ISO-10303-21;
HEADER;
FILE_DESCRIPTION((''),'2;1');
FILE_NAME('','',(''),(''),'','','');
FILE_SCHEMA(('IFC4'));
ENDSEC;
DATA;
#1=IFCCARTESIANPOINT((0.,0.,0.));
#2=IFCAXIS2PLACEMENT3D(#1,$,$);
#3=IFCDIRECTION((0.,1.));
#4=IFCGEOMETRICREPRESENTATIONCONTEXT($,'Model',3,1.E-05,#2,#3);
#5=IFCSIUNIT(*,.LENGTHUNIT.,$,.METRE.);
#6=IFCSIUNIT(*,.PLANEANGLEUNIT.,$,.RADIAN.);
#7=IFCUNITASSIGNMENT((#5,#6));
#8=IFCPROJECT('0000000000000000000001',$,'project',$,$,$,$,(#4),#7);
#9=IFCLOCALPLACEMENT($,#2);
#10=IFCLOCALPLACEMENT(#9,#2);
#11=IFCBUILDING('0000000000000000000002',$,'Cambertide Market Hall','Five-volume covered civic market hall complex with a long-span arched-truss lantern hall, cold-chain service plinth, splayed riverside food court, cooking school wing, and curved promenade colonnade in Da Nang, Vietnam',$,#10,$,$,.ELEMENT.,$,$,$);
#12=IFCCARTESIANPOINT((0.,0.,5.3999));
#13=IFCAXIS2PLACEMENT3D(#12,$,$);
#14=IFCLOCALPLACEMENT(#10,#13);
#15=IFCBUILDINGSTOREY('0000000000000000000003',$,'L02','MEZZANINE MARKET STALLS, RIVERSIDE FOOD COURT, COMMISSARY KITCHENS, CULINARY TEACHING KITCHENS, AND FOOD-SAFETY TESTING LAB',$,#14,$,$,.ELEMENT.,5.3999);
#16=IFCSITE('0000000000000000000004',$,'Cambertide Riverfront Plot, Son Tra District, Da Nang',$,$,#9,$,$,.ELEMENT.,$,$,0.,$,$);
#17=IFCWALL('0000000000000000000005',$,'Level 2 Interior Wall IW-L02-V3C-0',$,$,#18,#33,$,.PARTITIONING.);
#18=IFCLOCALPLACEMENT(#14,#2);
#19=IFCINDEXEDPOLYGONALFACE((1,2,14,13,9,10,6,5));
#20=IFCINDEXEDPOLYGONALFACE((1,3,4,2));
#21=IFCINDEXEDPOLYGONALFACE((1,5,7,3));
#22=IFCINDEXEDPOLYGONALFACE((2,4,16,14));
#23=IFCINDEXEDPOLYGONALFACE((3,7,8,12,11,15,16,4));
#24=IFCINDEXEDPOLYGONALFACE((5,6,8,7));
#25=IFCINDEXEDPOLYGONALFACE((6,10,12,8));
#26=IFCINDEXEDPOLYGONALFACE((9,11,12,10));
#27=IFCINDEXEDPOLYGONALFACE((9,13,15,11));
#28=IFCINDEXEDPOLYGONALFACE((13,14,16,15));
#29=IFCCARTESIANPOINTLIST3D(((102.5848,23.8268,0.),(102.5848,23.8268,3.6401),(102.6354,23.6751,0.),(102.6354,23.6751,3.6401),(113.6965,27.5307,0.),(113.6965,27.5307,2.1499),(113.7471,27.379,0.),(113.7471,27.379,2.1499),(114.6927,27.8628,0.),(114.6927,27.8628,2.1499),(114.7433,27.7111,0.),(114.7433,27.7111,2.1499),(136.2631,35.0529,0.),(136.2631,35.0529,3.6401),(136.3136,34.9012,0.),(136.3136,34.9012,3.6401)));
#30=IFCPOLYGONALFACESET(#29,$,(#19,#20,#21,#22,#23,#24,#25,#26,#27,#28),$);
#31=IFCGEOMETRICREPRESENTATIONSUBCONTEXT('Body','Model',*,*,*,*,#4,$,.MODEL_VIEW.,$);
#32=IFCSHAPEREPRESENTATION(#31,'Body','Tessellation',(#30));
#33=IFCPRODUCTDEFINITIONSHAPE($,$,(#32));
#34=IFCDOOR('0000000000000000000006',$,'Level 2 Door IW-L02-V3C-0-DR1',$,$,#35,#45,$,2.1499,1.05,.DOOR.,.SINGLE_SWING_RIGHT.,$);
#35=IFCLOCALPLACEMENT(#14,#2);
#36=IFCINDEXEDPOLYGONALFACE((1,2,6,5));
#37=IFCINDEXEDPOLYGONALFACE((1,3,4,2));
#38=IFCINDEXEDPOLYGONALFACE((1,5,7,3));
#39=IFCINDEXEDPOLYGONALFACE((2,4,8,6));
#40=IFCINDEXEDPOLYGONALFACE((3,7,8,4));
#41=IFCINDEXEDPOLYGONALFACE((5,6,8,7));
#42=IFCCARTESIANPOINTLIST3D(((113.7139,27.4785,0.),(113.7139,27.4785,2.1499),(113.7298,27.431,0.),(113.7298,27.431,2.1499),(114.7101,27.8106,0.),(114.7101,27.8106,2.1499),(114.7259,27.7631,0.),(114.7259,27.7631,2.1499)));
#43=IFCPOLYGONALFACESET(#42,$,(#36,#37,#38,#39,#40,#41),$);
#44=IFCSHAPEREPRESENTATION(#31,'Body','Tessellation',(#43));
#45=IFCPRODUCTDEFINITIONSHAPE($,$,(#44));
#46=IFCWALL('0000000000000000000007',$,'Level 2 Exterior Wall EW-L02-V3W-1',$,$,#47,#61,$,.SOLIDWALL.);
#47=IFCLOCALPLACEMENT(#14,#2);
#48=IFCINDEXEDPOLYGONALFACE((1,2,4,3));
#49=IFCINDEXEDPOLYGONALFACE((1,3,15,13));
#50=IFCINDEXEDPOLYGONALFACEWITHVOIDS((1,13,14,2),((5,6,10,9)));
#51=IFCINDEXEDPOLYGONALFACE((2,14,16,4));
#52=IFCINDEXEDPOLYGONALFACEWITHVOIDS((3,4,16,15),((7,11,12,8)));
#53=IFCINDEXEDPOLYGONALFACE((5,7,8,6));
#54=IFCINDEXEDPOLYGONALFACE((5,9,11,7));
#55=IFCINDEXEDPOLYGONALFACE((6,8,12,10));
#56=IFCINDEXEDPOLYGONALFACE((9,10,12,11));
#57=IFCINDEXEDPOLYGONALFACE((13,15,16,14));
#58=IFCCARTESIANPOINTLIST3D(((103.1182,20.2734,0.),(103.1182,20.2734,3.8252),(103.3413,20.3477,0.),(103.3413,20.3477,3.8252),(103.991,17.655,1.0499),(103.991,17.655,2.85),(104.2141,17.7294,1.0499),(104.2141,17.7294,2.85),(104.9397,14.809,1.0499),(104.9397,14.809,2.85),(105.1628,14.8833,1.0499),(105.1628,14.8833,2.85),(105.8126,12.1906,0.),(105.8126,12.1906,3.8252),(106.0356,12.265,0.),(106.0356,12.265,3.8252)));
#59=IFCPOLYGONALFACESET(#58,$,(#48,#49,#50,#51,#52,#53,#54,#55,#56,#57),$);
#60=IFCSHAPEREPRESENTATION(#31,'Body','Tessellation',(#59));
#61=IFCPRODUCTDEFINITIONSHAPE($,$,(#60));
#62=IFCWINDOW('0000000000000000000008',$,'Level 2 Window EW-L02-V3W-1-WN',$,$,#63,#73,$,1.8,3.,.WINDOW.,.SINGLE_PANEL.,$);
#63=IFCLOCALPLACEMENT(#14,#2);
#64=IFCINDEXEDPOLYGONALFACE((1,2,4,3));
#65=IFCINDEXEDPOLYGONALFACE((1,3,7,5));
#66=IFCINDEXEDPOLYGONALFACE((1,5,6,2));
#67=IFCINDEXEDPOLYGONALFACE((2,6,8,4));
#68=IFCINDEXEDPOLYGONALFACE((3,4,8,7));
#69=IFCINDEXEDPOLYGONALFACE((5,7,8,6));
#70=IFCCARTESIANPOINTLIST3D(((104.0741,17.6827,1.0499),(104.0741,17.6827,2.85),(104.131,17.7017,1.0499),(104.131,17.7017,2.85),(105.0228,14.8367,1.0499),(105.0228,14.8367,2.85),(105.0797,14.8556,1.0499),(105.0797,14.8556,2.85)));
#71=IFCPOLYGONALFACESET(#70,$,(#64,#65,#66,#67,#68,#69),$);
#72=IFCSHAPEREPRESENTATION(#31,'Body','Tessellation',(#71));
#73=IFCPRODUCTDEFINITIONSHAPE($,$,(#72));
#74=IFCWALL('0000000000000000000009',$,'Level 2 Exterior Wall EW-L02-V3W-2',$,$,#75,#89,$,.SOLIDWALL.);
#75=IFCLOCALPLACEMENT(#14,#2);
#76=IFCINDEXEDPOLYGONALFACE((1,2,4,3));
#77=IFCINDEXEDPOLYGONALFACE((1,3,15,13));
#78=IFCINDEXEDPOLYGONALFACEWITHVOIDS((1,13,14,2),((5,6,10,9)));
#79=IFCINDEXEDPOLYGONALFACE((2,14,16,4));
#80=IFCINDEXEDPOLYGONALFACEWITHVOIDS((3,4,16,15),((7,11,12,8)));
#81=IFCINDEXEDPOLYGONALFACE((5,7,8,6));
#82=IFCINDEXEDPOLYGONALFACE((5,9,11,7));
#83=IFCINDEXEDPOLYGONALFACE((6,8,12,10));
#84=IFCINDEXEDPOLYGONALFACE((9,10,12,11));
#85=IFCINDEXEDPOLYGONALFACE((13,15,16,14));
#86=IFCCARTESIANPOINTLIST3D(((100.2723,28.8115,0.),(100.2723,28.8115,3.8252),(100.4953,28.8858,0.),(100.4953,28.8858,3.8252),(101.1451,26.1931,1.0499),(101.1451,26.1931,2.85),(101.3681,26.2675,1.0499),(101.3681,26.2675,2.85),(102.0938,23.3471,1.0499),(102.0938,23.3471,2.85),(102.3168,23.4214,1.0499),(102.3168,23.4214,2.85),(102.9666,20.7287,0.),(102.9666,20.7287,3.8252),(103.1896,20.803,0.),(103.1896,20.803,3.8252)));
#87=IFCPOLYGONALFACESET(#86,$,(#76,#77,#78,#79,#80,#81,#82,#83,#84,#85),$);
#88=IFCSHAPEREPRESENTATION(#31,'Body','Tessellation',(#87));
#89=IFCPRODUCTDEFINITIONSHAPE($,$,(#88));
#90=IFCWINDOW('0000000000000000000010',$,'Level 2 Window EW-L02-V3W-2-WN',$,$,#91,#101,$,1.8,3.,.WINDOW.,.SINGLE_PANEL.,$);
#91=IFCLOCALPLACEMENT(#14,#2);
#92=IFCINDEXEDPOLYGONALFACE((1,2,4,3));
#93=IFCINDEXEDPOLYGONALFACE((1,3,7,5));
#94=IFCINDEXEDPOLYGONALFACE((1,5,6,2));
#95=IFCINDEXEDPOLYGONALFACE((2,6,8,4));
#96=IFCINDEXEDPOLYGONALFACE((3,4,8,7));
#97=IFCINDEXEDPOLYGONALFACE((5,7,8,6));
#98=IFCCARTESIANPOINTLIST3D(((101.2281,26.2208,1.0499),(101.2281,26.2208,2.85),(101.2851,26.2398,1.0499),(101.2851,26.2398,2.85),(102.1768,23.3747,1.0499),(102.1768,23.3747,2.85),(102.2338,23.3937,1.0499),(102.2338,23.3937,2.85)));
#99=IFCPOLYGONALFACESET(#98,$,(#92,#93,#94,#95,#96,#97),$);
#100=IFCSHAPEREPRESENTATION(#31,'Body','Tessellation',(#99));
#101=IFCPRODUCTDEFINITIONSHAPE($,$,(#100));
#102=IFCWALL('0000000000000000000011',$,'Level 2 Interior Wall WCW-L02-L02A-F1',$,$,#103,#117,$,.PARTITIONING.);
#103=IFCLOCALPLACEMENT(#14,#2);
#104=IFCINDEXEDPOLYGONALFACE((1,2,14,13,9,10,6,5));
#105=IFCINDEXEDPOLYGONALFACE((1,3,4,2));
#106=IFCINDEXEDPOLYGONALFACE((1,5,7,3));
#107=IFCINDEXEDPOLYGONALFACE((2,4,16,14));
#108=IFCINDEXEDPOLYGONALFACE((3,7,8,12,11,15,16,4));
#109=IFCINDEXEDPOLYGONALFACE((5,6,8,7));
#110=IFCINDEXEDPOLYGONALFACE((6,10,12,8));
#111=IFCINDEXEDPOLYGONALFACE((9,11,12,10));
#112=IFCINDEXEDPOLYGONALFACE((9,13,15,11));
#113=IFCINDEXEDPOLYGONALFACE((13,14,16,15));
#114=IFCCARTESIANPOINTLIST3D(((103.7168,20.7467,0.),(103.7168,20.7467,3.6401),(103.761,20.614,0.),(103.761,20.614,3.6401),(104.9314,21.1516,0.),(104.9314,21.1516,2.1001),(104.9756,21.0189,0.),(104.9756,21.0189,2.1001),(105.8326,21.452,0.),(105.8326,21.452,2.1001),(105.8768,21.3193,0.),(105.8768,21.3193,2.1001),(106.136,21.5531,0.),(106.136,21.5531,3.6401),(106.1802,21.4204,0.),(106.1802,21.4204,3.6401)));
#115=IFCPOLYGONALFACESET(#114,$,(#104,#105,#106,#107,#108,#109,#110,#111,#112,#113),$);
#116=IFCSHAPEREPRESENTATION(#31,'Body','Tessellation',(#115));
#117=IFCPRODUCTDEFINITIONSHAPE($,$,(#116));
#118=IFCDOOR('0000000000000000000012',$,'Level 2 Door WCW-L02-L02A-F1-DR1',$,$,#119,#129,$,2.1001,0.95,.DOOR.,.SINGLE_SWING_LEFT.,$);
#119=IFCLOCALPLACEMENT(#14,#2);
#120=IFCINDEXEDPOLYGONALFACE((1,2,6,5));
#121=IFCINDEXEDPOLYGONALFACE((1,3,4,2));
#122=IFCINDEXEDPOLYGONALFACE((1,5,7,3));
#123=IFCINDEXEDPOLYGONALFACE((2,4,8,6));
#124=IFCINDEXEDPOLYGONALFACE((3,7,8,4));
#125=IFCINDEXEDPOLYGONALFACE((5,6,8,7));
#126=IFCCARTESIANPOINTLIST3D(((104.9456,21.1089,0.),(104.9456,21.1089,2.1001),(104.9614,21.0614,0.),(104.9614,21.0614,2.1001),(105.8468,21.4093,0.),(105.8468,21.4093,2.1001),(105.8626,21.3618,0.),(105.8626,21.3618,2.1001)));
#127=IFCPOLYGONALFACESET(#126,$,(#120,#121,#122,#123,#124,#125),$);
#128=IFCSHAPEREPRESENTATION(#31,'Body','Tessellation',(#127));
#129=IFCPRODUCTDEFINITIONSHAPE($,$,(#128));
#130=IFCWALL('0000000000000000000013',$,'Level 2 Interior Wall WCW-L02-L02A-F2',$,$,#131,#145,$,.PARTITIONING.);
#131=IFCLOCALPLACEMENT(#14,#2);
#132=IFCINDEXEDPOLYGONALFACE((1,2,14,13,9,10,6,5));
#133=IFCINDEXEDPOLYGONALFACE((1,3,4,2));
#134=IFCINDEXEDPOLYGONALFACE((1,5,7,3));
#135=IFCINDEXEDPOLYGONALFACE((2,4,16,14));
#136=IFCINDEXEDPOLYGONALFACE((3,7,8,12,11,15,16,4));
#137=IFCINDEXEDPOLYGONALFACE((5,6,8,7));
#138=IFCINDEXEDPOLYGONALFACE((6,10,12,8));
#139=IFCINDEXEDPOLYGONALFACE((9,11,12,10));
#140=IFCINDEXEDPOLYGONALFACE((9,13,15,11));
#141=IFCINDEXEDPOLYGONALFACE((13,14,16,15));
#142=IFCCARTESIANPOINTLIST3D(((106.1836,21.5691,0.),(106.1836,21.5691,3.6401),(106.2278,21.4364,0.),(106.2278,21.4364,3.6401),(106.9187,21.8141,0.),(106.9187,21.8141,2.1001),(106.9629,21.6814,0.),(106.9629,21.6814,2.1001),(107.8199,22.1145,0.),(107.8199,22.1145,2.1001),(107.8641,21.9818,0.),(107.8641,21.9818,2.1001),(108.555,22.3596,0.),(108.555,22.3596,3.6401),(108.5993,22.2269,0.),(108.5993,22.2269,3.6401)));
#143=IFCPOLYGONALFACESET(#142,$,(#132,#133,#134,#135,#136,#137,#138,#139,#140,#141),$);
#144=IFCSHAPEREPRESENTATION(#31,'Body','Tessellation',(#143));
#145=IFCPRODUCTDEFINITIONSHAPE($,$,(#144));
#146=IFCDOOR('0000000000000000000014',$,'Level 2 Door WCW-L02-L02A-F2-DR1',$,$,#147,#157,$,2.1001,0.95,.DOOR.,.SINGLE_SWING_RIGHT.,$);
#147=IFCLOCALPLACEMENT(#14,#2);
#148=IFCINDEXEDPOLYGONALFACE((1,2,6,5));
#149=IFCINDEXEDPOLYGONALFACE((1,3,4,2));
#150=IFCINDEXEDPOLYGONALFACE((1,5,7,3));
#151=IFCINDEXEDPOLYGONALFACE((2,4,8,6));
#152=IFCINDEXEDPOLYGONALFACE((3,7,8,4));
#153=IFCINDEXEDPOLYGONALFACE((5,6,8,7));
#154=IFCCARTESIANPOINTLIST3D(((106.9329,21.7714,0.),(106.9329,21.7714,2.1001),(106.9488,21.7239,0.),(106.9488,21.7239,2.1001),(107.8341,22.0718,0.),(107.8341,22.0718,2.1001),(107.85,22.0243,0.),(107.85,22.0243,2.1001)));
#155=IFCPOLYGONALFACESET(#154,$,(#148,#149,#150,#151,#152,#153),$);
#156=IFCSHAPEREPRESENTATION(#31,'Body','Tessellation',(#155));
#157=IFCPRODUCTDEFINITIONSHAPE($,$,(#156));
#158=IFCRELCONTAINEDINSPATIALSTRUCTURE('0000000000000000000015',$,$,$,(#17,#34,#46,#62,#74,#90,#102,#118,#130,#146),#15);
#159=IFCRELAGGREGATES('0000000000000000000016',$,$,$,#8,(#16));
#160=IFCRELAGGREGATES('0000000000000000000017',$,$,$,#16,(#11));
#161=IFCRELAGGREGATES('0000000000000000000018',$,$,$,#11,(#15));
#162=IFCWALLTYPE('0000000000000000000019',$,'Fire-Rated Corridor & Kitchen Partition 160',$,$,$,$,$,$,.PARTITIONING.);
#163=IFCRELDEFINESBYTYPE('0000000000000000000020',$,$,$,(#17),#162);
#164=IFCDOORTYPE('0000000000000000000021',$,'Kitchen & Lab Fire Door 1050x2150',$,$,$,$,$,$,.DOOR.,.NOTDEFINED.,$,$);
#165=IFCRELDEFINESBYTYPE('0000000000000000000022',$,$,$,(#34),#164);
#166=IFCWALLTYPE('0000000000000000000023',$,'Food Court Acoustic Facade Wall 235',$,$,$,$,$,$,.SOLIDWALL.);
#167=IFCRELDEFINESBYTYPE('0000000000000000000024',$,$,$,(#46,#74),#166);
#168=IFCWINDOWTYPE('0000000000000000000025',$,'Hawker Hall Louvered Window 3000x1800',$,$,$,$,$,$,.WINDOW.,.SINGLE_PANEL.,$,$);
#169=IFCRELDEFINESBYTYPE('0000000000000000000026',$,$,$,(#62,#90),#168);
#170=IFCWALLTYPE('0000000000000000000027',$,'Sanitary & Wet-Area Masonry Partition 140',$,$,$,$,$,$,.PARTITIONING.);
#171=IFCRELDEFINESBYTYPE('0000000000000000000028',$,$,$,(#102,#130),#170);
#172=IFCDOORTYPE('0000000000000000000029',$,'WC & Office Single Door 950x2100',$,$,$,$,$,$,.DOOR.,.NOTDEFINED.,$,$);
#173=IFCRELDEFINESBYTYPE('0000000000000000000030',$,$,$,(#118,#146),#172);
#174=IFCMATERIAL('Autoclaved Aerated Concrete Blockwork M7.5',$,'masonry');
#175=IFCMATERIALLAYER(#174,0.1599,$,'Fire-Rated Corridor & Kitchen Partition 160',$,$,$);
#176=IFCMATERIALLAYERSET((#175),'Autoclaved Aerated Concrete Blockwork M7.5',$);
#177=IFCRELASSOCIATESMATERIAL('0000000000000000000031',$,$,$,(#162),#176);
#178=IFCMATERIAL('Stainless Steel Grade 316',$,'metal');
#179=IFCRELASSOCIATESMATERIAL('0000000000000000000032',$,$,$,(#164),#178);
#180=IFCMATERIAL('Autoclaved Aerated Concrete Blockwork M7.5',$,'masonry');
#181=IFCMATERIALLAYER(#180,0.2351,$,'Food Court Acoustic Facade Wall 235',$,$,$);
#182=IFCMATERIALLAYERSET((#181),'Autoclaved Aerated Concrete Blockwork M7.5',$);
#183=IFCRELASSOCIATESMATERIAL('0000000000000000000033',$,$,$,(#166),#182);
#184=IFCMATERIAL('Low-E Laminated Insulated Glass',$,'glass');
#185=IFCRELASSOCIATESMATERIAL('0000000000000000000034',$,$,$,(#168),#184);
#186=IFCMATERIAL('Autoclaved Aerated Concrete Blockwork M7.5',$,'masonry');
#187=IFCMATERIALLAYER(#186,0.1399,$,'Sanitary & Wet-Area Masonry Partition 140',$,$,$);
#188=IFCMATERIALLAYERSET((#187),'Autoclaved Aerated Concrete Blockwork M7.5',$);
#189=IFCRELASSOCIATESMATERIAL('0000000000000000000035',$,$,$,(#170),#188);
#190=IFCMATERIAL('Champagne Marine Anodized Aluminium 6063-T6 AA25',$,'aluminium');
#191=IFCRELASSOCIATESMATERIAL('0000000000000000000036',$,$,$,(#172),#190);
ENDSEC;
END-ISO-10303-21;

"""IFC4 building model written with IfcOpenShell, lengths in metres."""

from ifc_helpers import new_model, si_unit, direction, frame, frame_2d, origin, place, context, subcontext, project, spatial, rectangle, extrude, material, layer, layer_set, type_object, element, fill, save


model = new_model("IFC4")

# Units and contexts
model_context = context("Model", 3, precision=1e-05, world=origin(), true_north=direction((0.0, 1.0)))
body_context = subcontext(model_context, "Body", "Model", "MODEL_VIEW")
ifc_project = project(units=[si_unit("LENGTHUNIT", "METRE"), si_unit("PLANEANGLEUNIT", "RADIAN")], contexts=[model_context])

# Site, building, storey
site_placement = place(None, origin())
site = spatial("IfcSite", under=ifc_project, at=site_placement, Name="Cambertide Riverfront Plot, Son Tra District, Da Nang", CompositionType="ELEMENT", RefElevation=0.0)
building_placement = place(site_placement, origin())
building = spatial("IfcBuilding", under=site, at=building_placement, Name="Cambertide Market Hall", Description="Five-volume covered civic market hall complex with a long-span arched-truss lantern hall, cold-chain service plinth, splayed riverside food court, cooking school wing, and curved promenade colonnade in Da Nang, Vietnam", CompositionType="ELEMENT")
storey_placement = place(building_placement, frame((0.0, 0.0, 5.3999)))
storey = spatial("IfcBuildingStorey", under=building, at=storey_placement, Name="L02", Description="MEZZANINE MARKET STALLS, RIVERSIDE FOOD COURT, COMMISSARY KITCHENS, CULINARY TEACHING KITCHENS, AND FOOD-SAFETY TESTING LAB", CompositionType="ELEMENT", Elevation=5.3999)

# Wall, opening, door
ifc_material_1 = material(Name="Autoclaved Aerated Concrete Blockwork M7.5", Category="masonry")
ifc_layer_1 = layer(ifc_material_1, 0.1599, Name="Fire-Rated Corridor & Kitchen Partition 160")
ifc_layer_set_1 = layer_set([ifc_layer_1], Name="Autoclaved Aerated Concrete Blockwork M7.5")
wall_type_1 = type_object("IfcWallType", Name="Fire-Rated Corridor & Kitchen Partition 160", PredefinedType="PARTITIONING", material=ifc_layer_set_1)
wall_1_placement = place(storey_placement, frame((102.6101, 23.751, 0.0), z_axis=(0.0, 0.0, 1.0), x_axis=(0.948683, 0.316228, 0.0)))
wall_1 = element("IfcWall", 1, at=wall_1_placement, inside=storey, type_object=wall_type_1, Name="Level 2 Interior Wall IW-L02-V3C-0", PredefinedType="PARTITIONING", context=body_context, shape_type="SweptSolid", body=[
    extrude(rectangle(XDim=35.5, YDim=0.1599, at=frame_2d((17.75, 0.0))), origin(), (0.0, 0.0, 1.0), 3.6401),
])
opening_1_placement = place(wall_1_placement, frame((11.7129, 0.0, 0.0)))
opening_1 = element("IfcOpeningElement", 2, at=opening_1_placement, cuts=wall_1, PredefinedType="OPENING", context=body_context, shape_type="SweptSolid", body=[
    extrude(rectangle(XDim=1.05, YDim=2.1499, at=frame_2d((0.5249, 1.075))), frame((0.0, 0.0898, 0.0), z_axis=(0.0, -1.0, 0.0), x_axis=(1.0, 0.0, 0.0)), (0.0, 0.0, 1.0), 0.1799),
])
ifc_material_2 = material(Name="Stainless Steel Grade 316", Category="metal")
door_type_1 = type_object("IfcDoorType", Name="Kitchen & Lab Fire Door 1050x2150", OperationType="NOTDEFINED", PredefinedType="DOOR", material=ifc_material_2)
door_1_placement = place(opening_1_placement, origin())
door_1 = element("IfcDoor", 3, at=door_1_placement, inside=storey, type_object=door_type_1, Name="Level 2 Door IW-L02-V3C-0-DR1", OperationType="SINGLE_SWING_RIGHT", OverallHeight=2.1499, OverallWidth=1.05, PredefinedType="DOOR", context=body_context, shape_type="SweptSolid", body=[
    extrude(rectangle(XDim=1.05, YDim=2.1499, at=frame_2d((0.5249, 1.075))), frame((0.0, 0.0249, 0.0), z_axis=(0.0, -1.0, 0.0), x_axis=(1.0, 0.0, 0.0)), (0.0, 0.0, 1.0), 0.05),
])
fill(opening_1, door_1)

# Walls, openings, windows
ifc_material_3 = material(Name="Autoclaved Aerated Concrete Blockwork M7.5", Category="masonry")
ifc_layer_2 = layer(ifc_material_3, 0.2351, Name="Food Court Acoustic Facade Wall 235")
ifc_layer_set_2 = layer_set([ifc_layer_2], Name="Autoclaved Aerated Concrete Blockwork M7.5")
wall_type_2 = type_object("IfcWallType", Name="Food Court Acoustic Facade Wall 235", PredefinedType="SOLIDWALL", material=ifc_layer_set_2)
wall_2_placement = place(storey_placement, frame((105.9241, 12.2278, 0.0), z_axis=(0.0, 0.0, 1.0), x_axis=(-0.316236, 0.94868, 0.0)))
wall_2 = element("IfcWall", 4, at=wall_2_placement, inside=storey, type_object=wall_type_2, Name="Level 2 Exterior Wall EW-L02-V3W-1", PredefinedType="SOLIDWALL", context=body_context, shape_type="SweptSolid", body=[
    extrude(rectangle(XDim=8.52, YDim=0.2351, at=frame_2d((4.26, 0.0))), origin(), (0.0, 0.0, 1.0), 3.8252),
])
opening_2_placement = place(wall_2_placement, frame((2.76, 0.0, 1.05)))
opening_2 = element("IfcOpeningElement", 5, at=opening_2_placement, cuts=wall_2, PredefinedType="OPENING", context=body_context, shape_type="SweptSolid", body=[
    extrude(rectangle(XDim=3.0, YDim=1.8, at=frame_2d((1.5, 0.8999))), frame((0.0, 0.1274, 0.0), z_axis=(0.0, -1.0, 0.0), x_axis=(1.0, 0.0, 0.0)), (0.0, 0.0, 1.0), 0.2551),
])
ifc_material_4 = material(Name="Low-E Laminated Insulated Glass", Category="glass")
window_type = type_object("IfcWindowType", Name="Hawker Hall Louvered Window 3000x1800", PartitioningType="SINGLE_PANEL", PredefinedType="WINDOW", material=ifc_material_4)
window_1_placement = place(opening_2_placement, origin())
window_1 = element("IfcWindow", 6, at=window_1_placement, inside=storey, type_object=window_type, Name="Level 2 Window EW-L02-V3W-1-WN", OverallHeight=1.8, OverallWidth=3.0, PartitioningType="SINGLE_PANEL", PredefinedType="WINDOW", context=body_context, shape_type="SweptSolid", body=[
    extrude(rectangle(XDim=3.0, YDim=1.8, at=frame_2d((1.5, 0.8999))), frame((0.0, 0.03, 0.0), z_axis=(0.0, -1.0, 0.0), x_axis=(1.0, 0.0, 0.0)), (0.0, 0.0, 1.0), 0.0601),
])
fill(opening_2, window_1)
wall_3_placement = place(storey_placement, frame((103.0781, 20.7659, 0.0), z_axis=(0.0, 0.0, 1.0), x_axis=(-0.316236, 0.94868, 0.0)))
wall_3 = element("IfcWall", 7, at=wall_3_placement, inside=storey, type_object=wall_type_2, Name="Level 2 Exterior Wall EW-L02-V3W-2", PredefinedType="SOLIDWALL", context=body_context, shape_type="SweptSolid", body=[
    extrude(rectangle(XDim=8.52, YDim=0.2351, at=frame_2d((4.26, 0.0))), origin(), (0.0, 0.0, 1.0), 3.8252),
])
opening_3_placement = place(wall_3_placement, frame((2.76, 0.0, 1.05)))
opening_3 = element("IfcOpeningElement", 8, at=opening_3_placement, cuts=wall_3, PredefinedType="OPENING", context=body_context, shape_type="SweptSolid", body=[
    extrude(rectangle(XDim=3.0, YDim=1.8, at=frame_2d((1.5, 0.8999))), frame((0.0, 0.1274, 0.0), z_axis=(0.0, -1.0, 0.0), x_axis=(1.0, 0.0, 0.0)), (0.0, 0.0, 1.0), 0.2551),
])
window_2_placement = place(opening_3_placement, origin())
window_2 = element("IfcWindow", 9, at=window_2_placement, inside=storey, type_object=window_type, Name="Level 2 Window EW-L02-V3W-2-WN", OverallHeight=1.8, OverallWidth=3.0, PartitioningType="SINGLE_PANEL", PredefinedType="WINDOW", context=body_context, shape_type="SweptSolid", body=[
    extrude(rectangle(XDim=3.0, YDim=1.8, at=frame_2d((1.5, 0.8999))), frame((0.0, 0.03, 0.0), z_axis=(0.0, -1.0, 0.0), x_axis=(1.0, 0.0, 0.0)), (0.0, 0.0, 1.0), 0.0601),
])
fill(opening_3, window_2)

# Walls, openings, doors
ifc_material_5 = material(Name="Autoclaved Aerated Concrete Blockwork M7.5", Category="masonry")
ifc_layer_3 = layer(ifc_material_5, 0.1399, Name="Sanitary & Wet-Area Masonry Partition 140")
ifc_layer_set_3 = layer_set([ifc_layer_3], Name="Autoclaved Aerated Concrete Blockwork M7.5")
wall_type_3 = type_object("IfcWallType", Name="Sanitary & Wet-Area Masonry Partition 140", PredefinedType="PARTITIONING", material=ifc_layer_set_3)
wall_4_placement = place(storey_placement, frame((103.739, 20.6804, 0.0), z_axis=(0.0, 0.0, 1.0), x_axis=(0.948683, 0.316228, 0.0)))
wall_4 = element("IfcWall", 10, at=wall_4_placement, inside=storey, type_object=wall_type_3, Name="Level 2 Interior Wall WCW-L02-L02A-F1", PredefinedType="PARTITIONING", context=body_context, shape_type="SweptSolid", body=[
    extrude(rectangle(XDim=2.55, YDim=0.1399, at=frame_2d((1.2749, 0.0))), origin(), (0.0, 0.0, 1.0), 3.6401),
])
opening_4_placement = place(wall_4_placement, frame((1.28, 0.0, 0.0)))
opening_4 = element("IfcOpeningElement", 11, at=opening_4_placement, cuts=wall_4, PredefinedType="OPENING", context=body_context, shape_type="SweptSolid", body=[
    extrude(rectangle(XDim=0.95, YDim=2.1001, at=frame_2d((0.4751, 1.05))), frame((0.0, 0.0798, 0.0), z_axis=(0.0, -1.0, 0.0), x_axis=(1.0, 0.0, 0.0)), (0.0, 0.0, 1.0), 0.1599),
])
ifc_material_6 = material(Name="Champagne Marine Anodized Aluminium 6063-T6 AA25", Category="aluminium")
door_type_2 = type_object("IfcDoorType", Name="WC & Office Single Door 950x2100", OperationType="NOTDEFINED", PredefinedType="DOOR", material=ifc_material_6)
door_2_placement = place(opening_4_placement, origin())
door_2 = element("IfcDoor", 12, at=door_2_placement, inside=storey, type_object=door_type_2, Name="Level 2 Door WCW-L02-L02A-F1-DR1", OperationType="SINGLE_SWING_LEFT", OverallHeight=2.1001, OverallWidth=0.95, PredefinedType="DOOR", context=body_context, shape_type="SweptSolid", body=[
    extrude(rectangle(XDim=0.95, YDim=2.1001, at=frame_2d((0.4751, 1.05))), frame((0.0, 0.0249, 0.0), z_axis=(0.0, -1.0, 0.0), x_axis=(1.0, 0.0, 0.0)), (0.0, 0.0, 1.0), 0.05),
])
fill(opening_4, door_2)
wall_5_placement = place(storey_placement, frame((106.2056, 21.5027, 0.0), z_axis=(0.0, 0.0, 1.0), x_axis=(0.948683, 0.316228, 0.0)))
wall_5 = element("IfcWall", 13, at=wall_5_placement, inside=storey, type_object=wall_type_3, Name="Level 2 Interior Wall WCW-L02-L02A-F2", PredefinedType="PARTITIONING", context=body_context, shape_type="SweptSolid", body=[
    extrude(rectangle(XDim=2.4998, YDim=0.1399, at=frame_2d((1.25, 0.0))), origin(), (0.0, 0.0, 1.0), 3.6401),
])
opening_5_placement = place(wall_5_placement, frame((0.7749, 0.0, 0.0)))
opening_5 = element("IfcOpeningElement", 14, at=opening_5_placement, cuts=wall_5, PredefinedType="OPENING", context=body_context, shape_type="SweptSolid", body=[
    extrude(rectangle(XDim=0.95, YDim=2.1001, at=frame_2d((0.4751, 1.05))), frame((0.0, 0.0798, 0.0), z_axis=(0.0, -1.0, 0.0), x_axis=(1.0, 0.0, 0.0)), (0.0, 0.0, 1.0), 0.1599),
])
door_3_placement = place(opening_5_placement, origin())
door_3 = element("IfcDoor", 15, at=door_3_placement, inside=storey, type_object=door_type_2, Name="Level 2 Door WCW-L02-L02A-F2-DR1", OperationType="SINGLE_SWING_RIGHT", OverallHeight=2.1001, OverallWidth=0.95, PredefinedType="DOOR", context=body_context, shape_type="SweptSolid", body=[
    extrude(rectangle(XDim=0.95, YDim=2.1001, at=frame_2d((0.4751, 1.05))), frame((0.0, 0.0249, 0.0), z_axis=(0.0, -1.0, 0.0), x_axis=(1.0, 0.0, 0.0)), (0.0, 0.0, 1.0), 0.05),
])
fill(opening_5, door_3)

save(model, "model.ifc")
